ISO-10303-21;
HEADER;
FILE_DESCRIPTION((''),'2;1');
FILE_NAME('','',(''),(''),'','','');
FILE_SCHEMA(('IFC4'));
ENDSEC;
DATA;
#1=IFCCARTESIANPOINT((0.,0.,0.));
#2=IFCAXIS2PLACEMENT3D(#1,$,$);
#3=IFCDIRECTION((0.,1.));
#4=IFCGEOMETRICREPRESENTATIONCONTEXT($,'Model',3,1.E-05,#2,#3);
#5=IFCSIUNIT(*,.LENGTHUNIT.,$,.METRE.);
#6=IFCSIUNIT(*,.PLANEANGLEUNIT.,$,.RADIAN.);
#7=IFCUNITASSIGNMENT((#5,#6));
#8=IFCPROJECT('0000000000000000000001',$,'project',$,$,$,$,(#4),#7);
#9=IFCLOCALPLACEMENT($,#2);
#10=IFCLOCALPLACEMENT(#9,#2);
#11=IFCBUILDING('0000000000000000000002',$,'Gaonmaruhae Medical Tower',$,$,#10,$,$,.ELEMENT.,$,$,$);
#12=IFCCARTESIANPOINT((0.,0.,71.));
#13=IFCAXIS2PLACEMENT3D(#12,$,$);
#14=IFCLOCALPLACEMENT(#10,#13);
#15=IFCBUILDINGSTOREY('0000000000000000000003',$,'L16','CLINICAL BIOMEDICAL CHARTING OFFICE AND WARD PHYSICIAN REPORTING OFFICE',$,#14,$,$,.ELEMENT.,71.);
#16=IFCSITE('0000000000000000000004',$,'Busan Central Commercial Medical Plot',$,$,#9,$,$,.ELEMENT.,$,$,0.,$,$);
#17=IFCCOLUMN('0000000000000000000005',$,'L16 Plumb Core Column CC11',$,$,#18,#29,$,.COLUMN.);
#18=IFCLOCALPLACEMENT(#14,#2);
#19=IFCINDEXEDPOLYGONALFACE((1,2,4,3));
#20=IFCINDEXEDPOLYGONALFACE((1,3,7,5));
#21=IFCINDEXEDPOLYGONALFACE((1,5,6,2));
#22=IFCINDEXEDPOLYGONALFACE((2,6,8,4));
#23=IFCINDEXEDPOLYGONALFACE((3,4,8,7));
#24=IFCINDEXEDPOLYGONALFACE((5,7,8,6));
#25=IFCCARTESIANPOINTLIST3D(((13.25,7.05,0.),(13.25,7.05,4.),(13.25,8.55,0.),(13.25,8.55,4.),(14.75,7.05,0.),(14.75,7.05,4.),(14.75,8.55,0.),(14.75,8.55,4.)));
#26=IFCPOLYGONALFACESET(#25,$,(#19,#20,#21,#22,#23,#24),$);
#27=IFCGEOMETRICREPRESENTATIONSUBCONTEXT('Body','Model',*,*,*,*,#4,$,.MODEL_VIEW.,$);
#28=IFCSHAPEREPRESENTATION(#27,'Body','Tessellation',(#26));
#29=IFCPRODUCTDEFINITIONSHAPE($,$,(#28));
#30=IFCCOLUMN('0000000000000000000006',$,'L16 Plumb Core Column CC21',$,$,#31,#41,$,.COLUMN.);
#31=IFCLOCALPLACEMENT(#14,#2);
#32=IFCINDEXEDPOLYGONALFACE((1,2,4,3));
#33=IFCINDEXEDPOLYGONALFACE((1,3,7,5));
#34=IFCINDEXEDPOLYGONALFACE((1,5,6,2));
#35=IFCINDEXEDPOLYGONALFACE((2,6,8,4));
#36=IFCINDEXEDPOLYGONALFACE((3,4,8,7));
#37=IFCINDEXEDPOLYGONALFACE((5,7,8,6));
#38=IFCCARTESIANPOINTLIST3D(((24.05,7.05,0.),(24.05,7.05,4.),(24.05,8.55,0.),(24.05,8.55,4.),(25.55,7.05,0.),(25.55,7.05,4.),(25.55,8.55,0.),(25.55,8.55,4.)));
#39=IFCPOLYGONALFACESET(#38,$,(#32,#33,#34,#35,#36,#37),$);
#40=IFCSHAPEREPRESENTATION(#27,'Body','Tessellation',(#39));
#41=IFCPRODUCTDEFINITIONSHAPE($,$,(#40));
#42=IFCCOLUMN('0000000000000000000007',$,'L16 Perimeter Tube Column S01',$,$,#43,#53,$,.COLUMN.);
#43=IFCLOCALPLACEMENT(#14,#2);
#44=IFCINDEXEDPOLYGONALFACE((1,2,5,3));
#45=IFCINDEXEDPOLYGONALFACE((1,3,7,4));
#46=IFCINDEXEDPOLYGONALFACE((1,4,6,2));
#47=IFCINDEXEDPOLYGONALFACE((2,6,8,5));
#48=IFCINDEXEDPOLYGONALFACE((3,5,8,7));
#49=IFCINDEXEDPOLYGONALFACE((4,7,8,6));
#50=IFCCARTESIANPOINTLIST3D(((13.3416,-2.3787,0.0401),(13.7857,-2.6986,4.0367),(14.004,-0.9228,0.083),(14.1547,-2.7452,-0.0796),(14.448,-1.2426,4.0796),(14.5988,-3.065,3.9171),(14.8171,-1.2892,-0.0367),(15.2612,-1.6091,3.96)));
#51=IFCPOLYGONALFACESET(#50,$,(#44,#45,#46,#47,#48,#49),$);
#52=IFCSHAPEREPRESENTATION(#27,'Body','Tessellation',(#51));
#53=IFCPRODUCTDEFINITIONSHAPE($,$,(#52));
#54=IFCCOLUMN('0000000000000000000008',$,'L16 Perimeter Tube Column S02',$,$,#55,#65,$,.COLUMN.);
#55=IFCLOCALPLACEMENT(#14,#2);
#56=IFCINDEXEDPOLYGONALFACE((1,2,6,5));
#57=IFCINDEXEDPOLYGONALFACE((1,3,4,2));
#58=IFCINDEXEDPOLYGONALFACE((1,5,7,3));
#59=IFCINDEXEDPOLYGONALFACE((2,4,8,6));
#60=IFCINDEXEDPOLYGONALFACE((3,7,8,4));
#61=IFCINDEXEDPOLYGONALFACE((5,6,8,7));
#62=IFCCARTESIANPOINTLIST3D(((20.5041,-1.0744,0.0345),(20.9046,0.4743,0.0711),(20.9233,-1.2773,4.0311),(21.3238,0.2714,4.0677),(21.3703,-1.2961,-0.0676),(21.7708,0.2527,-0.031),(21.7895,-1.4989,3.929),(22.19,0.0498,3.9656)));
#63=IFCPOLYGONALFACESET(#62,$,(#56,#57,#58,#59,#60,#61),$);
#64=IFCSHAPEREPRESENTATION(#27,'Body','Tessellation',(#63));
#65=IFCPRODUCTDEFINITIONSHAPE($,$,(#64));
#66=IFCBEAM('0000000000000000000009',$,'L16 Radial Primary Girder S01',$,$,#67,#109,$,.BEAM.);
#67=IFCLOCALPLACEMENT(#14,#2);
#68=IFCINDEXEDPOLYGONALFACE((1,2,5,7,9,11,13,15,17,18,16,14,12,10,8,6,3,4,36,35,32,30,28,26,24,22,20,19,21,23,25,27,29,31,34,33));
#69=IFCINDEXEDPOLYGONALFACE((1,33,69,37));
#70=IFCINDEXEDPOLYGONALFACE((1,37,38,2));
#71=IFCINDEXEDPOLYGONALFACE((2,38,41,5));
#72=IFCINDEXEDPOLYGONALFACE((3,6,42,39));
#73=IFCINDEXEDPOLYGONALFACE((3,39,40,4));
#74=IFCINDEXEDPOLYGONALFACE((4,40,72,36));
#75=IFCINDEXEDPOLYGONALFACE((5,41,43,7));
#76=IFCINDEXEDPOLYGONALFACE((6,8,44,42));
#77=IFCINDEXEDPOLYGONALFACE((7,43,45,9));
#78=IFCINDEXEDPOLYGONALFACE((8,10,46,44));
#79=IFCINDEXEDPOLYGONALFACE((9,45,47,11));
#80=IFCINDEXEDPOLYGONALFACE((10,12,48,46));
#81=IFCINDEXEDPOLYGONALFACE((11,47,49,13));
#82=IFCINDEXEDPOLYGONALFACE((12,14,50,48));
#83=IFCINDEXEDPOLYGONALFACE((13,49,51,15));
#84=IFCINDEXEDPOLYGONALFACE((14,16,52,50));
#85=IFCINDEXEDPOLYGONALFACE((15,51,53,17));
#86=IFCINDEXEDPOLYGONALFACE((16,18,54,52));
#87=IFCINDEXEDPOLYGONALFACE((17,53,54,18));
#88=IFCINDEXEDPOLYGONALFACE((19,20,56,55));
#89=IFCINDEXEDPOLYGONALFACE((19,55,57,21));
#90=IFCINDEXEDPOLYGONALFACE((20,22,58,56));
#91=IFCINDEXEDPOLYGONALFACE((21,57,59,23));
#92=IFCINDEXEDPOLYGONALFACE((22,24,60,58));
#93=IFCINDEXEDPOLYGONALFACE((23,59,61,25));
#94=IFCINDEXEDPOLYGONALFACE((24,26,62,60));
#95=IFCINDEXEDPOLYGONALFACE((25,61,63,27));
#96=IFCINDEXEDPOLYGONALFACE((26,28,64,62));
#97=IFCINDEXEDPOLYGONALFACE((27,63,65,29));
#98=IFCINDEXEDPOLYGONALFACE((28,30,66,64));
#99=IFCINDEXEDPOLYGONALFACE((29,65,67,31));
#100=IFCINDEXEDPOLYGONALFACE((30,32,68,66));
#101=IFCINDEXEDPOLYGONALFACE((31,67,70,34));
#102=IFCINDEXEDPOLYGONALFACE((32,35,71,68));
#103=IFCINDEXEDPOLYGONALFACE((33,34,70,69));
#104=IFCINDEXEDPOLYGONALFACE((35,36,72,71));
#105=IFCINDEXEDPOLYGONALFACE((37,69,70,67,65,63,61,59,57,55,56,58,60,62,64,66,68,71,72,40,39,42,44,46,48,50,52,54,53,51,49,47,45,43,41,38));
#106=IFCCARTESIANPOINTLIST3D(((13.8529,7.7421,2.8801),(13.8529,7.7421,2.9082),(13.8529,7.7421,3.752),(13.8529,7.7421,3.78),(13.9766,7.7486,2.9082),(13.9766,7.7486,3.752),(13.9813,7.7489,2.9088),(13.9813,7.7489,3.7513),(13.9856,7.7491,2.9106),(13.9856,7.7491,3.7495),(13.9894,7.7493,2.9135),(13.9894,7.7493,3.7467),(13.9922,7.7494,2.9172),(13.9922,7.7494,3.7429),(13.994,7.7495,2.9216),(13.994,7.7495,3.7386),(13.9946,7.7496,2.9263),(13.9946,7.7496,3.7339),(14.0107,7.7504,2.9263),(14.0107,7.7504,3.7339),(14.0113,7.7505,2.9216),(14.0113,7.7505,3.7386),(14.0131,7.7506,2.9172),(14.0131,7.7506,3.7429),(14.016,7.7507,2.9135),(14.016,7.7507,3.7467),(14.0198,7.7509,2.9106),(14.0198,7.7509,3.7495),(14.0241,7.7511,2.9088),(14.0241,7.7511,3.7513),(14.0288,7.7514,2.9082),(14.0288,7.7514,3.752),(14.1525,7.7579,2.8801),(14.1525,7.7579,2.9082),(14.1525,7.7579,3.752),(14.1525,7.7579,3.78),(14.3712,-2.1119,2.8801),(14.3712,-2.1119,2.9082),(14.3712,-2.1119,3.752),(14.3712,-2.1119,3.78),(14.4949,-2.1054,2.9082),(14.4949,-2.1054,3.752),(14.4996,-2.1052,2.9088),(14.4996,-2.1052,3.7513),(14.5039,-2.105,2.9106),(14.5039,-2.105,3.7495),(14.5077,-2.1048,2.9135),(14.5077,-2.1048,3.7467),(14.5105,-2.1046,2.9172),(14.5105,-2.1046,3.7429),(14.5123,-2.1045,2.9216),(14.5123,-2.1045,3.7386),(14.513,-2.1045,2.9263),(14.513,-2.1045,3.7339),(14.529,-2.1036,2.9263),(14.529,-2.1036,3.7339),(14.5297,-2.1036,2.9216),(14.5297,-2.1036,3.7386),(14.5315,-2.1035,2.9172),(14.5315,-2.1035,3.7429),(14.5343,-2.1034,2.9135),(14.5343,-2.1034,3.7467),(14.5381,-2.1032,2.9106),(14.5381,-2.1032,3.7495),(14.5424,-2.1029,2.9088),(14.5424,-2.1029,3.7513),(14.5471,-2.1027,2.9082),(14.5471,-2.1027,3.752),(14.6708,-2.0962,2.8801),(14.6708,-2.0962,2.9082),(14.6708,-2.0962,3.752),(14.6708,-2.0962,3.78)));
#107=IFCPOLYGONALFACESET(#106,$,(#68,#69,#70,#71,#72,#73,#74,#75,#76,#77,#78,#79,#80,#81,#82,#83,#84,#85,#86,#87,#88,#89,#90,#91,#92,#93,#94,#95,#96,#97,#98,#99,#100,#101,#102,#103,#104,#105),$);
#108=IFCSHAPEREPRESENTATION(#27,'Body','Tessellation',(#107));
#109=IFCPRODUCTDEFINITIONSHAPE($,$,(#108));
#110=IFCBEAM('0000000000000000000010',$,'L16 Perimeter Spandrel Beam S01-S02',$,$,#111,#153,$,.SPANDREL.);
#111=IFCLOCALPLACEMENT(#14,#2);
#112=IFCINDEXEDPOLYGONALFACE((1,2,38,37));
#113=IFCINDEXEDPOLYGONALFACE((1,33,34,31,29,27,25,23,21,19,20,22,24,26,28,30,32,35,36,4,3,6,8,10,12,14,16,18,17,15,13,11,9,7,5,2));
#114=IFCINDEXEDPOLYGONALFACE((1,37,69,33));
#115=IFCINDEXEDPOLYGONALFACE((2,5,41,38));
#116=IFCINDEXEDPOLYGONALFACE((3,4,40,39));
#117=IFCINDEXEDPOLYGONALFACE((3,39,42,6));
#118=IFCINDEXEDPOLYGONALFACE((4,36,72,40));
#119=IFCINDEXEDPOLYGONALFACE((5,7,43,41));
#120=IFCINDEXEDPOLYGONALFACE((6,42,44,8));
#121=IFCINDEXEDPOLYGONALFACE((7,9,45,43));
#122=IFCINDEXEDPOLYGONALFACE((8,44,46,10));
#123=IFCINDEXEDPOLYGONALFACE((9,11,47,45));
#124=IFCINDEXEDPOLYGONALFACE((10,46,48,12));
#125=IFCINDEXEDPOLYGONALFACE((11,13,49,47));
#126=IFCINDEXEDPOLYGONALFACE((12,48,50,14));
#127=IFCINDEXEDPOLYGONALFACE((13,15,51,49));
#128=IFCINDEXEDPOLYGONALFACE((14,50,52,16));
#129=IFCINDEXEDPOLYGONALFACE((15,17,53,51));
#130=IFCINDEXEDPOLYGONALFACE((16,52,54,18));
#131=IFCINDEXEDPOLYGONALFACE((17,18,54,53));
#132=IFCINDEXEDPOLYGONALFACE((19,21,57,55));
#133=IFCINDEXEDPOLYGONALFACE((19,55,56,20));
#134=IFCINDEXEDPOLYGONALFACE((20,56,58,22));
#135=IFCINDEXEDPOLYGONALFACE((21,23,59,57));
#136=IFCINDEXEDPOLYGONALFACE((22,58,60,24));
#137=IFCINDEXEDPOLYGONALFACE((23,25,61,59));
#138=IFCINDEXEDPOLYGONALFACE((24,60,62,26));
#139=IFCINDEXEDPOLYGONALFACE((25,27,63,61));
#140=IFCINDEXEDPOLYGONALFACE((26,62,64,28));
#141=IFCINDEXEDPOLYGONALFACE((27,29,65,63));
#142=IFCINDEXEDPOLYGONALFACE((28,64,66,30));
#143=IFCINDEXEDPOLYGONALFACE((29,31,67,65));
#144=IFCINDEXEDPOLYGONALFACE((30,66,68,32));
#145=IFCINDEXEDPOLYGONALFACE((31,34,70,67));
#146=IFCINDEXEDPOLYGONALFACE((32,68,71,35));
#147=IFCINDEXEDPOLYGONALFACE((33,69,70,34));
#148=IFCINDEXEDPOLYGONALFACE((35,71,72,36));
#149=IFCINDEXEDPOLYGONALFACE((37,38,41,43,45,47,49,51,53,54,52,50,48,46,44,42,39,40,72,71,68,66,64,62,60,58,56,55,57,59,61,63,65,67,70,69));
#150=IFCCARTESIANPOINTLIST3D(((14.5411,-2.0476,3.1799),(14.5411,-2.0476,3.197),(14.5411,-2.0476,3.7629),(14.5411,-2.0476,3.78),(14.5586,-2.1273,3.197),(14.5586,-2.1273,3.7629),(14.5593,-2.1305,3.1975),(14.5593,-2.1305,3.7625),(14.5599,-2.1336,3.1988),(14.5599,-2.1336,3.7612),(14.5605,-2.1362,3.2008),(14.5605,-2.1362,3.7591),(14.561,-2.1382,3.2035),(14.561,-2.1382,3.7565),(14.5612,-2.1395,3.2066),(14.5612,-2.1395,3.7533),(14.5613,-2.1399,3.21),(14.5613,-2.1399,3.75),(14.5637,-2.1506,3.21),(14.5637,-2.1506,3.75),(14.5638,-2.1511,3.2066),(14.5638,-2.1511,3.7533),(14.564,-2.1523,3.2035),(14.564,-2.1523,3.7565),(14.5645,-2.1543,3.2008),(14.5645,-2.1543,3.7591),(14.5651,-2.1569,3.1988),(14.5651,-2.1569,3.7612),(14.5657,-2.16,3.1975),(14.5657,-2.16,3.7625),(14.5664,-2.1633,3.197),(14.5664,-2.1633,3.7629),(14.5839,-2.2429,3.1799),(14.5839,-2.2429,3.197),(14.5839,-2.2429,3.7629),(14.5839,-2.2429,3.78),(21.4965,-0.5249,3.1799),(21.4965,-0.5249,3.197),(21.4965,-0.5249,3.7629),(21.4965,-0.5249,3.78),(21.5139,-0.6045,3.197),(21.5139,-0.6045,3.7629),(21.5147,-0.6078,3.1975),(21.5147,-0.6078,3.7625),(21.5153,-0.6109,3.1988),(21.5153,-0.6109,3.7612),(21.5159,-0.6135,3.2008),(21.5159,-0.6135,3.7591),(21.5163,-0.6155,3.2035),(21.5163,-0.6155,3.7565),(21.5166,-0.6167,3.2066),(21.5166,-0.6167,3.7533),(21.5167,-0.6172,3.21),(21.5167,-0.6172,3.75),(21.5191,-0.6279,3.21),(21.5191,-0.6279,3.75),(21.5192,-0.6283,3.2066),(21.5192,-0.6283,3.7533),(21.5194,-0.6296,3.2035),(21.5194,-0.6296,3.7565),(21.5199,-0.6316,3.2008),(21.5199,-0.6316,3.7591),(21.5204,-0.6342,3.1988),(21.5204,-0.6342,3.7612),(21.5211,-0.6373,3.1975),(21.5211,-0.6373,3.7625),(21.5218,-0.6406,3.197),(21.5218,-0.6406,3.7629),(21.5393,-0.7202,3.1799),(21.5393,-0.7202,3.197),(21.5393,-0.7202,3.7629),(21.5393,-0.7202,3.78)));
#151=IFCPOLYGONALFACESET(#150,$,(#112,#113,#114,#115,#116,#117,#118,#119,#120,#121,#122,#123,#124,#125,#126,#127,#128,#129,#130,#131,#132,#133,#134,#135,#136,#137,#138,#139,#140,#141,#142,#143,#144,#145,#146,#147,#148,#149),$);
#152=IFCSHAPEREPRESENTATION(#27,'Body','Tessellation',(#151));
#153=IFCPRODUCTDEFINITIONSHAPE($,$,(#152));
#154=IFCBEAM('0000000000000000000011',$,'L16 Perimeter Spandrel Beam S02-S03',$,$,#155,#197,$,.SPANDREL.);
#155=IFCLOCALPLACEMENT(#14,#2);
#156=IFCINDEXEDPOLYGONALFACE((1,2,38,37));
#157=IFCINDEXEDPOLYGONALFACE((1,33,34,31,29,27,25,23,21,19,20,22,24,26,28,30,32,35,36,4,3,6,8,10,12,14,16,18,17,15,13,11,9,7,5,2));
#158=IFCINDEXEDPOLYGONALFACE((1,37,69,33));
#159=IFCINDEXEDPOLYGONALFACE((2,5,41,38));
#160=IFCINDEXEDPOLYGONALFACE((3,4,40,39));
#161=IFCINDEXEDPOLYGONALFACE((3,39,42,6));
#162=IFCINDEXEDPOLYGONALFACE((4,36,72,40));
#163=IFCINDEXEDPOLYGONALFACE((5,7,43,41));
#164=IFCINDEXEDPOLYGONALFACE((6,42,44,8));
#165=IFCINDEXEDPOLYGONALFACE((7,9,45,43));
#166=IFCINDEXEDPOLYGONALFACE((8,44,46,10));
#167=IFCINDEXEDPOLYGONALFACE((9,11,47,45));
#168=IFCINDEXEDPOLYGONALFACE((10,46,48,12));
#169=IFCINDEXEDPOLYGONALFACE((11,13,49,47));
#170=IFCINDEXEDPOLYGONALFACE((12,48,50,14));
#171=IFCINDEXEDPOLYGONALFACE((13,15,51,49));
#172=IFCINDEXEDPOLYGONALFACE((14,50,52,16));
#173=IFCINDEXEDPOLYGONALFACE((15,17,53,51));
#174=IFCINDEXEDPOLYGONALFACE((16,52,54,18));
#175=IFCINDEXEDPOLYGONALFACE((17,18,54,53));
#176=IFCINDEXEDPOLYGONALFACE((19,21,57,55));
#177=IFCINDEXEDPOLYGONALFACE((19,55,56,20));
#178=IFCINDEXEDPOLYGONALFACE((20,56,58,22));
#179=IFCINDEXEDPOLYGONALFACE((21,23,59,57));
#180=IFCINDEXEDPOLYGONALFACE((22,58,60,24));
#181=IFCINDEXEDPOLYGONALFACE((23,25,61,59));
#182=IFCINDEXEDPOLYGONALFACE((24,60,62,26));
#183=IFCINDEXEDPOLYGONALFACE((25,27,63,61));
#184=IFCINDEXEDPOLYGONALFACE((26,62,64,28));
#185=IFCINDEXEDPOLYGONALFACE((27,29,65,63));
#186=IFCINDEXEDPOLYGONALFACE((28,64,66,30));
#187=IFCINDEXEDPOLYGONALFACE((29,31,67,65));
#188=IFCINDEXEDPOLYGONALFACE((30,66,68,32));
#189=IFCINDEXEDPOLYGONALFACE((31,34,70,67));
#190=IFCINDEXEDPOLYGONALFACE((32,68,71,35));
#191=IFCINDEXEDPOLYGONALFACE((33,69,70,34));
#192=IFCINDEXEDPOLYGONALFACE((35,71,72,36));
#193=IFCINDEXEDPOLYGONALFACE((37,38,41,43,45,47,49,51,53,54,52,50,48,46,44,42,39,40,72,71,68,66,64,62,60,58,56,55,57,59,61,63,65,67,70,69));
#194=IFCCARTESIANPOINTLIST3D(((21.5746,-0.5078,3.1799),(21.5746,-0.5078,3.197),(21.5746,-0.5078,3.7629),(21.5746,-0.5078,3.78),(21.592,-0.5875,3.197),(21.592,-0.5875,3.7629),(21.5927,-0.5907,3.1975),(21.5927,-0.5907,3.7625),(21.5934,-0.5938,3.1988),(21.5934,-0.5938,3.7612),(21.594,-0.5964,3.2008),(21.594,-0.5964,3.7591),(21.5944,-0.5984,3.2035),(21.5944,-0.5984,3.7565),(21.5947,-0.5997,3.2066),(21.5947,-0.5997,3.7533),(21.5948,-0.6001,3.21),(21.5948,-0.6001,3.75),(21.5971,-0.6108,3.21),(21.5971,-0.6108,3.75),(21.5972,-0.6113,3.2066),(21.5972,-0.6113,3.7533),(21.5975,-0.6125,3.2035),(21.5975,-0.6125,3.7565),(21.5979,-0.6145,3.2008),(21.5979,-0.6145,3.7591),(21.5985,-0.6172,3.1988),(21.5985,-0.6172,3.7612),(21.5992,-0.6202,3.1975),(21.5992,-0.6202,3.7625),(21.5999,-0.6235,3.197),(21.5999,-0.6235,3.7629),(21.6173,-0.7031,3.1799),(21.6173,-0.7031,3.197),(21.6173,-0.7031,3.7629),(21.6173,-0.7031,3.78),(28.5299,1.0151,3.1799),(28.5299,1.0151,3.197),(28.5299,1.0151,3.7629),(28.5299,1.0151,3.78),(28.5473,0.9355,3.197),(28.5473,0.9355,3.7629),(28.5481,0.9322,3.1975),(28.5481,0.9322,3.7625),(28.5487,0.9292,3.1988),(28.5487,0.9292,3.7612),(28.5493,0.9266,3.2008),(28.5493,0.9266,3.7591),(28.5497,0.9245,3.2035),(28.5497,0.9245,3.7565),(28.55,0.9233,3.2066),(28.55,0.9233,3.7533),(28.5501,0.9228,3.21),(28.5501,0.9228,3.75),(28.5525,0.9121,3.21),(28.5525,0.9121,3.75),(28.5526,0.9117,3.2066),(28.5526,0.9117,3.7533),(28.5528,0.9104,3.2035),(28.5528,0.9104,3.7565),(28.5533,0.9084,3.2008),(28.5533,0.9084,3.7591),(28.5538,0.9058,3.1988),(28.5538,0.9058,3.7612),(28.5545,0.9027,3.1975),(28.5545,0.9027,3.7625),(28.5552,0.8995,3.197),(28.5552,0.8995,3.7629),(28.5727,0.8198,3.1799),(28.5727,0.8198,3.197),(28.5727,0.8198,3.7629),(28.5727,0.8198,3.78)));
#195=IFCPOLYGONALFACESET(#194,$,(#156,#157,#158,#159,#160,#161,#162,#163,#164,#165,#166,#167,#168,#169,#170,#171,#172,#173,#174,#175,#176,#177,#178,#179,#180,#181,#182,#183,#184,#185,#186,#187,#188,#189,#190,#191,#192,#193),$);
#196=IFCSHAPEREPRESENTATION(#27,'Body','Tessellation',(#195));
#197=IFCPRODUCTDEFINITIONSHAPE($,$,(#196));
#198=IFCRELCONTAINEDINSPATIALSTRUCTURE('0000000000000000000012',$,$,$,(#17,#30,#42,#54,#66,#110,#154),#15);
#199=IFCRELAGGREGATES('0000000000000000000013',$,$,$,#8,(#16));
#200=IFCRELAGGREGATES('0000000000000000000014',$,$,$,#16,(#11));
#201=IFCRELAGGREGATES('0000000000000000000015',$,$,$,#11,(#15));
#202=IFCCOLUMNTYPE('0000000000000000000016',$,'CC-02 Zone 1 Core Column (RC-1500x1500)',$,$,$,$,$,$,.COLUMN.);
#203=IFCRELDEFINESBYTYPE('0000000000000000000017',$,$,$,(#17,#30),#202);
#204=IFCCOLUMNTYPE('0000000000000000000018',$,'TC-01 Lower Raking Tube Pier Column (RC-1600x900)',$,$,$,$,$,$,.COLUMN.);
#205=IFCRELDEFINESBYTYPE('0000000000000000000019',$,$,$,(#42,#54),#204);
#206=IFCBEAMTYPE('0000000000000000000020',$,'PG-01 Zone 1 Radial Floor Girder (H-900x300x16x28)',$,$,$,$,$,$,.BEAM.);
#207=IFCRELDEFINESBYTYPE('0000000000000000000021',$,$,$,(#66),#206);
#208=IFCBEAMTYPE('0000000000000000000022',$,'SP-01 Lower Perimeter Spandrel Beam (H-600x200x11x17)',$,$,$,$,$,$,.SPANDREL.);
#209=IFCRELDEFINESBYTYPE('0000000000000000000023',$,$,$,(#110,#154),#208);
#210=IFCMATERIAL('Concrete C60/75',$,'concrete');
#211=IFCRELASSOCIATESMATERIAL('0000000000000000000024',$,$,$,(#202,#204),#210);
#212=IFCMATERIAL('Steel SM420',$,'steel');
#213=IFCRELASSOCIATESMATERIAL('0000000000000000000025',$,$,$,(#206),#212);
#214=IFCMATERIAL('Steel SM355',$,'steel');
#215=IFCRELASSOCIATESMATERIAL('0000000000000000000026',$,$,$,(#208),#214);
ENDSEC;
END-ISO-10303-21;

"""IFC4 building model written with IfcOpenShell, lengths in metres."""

from ifc_helpers import new_model, si_unit, direction, frame, origin, origin_2d, place, context, subcontext, project, spatial, rectangle, i_section, extrude, material, material_profile, profile_set, type_object, element, save


model = new_model("IFC4")

# Units and contexts
model_context = context("Model", 3, precision=1e-05, world=origin(), true_north=direction((0.0, 1.0)))
body_context = subcontext(model_context, "Body", "Model", "MODEL_VIEW")
ifc_project = project(units=[si_unit("LENGTHUNIT", "METRE"), si_unit("PLANEANGLEUNIT", "RADIAN")], contexts=[model_context])

# Site, building, storey
site_placement = place(None, origin())
site = spatial("IfcSite", under=ifc_project, at=site_placement, Name="Busan Central Commercial Medical Plot", CompositionType="ELEMENT", RefElevation=0.0)
building_placement = place(site_placement, origin())
building = spatial("IfcBuilding", under=site, at=building_placement, Name="Gaonmaruhae Medical Tower", CompositionType="ELEMENT")
storey_placement = place(building_placement, frame((0.0, 0.0, 71.0)))
storey = spatial("IfcBuildingStorey", under=building, at=storey_placement, Name="L16", Description="CLINICAL BIOMEDICAL CHARTING OFFICE AND WARD PHYSICIAN REPORTING OFFICE", CompositionType="ELEMENT", Elevation=71.0)

# Columns
ifc_material_1 = material(Name="Concrete C60/75", Category="concrete")
ifc_material_profile_1 = material_profile(ifc_material_1, rectangle(XDim=1.5, YDim=1.5, at=origin_2d()), Name="RC-1500x1500")
ifc_profile_set_1 = profile_set([ifc_material_profile_1], Name="Concrete C60/75")
column_type_1 = type_object("IfcColumnType", Name="CC-02 Zone 1 Core Column (RC-1500x1500)", PredefinedType="COLUMN", material=ifc_profile_set_1)
for number, where, z_axis, x_axis, name in (
    (1, (14.0, 7.8, 0.0), (0.0, 0.0, 1.0), (1.0, 0.0, 0.0), "L16 Plumb Core Column CC11"),
    (2, (24.8, 7.8, 0.0), (0.0, 0.0, 1.0), (1.0, 0.0, 0.0), "L16 Plumb Core Column CC21"),
):
    element("IfcColumn", number, at=place(storey_placement, frame(where, z_axis=z_axis, x_axis=x_axis)), inside=storey, type_object=column_type_1, Name=name, PredefinedType="COLUMN", context=body_context, shape_type="SweptSolid", body=[
        extrude(rectangle(XDim=1.5, YDim=1.5, at=origin_2d()), origin(), (0.0, 0.0, 1.0), 4.0),
    ])
ifc_material_profile_2 = material_profile(ifc_material_1, rectangle(XDim=1.6001, YDim=0.8999, at=origin_2d()), Name="RC-1600x900")
ifc_profile_set_2 = profile_set([ifc_material_profile_2], Name="Concrete C60/75")
column_type_2 = type_object("IfcColumnType", Name="TC-01 Lower Raking Tube Pier Column (RC-1600x900)", PredefinedType="COLUMN", material=ifc_profile_set_2)
column_1_placement = place(storey_placement, frame((14.0793, -1.834, 0.0017), z_axis=(0.110091, -0.079285, 0.990754), x_axis=(0.41396, 0.9099, 0.026816)))
element("IfcColumn", 3, at=column_1_placement, inside=storey, type_object=column_type_2, Name="L16 Perimeter Tube Column S01", PredefinedType="COLUMN", context=body_context, shape_type="SweptSolid", body=[
    extrude(rectangle(XDim=1.6001, YDim=0.8999, at=origin_2d()), origin(), (0.0, 0.0, 1.0), 4.0339),
])
column_2_placement = place(storey_placement, frame((21.1375, -0.4109, 0.0017), z_axis=(0.104182, -0.050422, 0.993279), x_axis=(0.250329, 0.967891, 0.022877)))
element("IfcColumn", 4, at=column_2_placement, inside=storey, type_object=column_type_2, Name="L16 Perimeter Tube Column S02", PredefinedType="COLUMN", context=body_context, shape_type="SweptSolid", body=[
    extrude(rectangle(XDim=1.6001, YDim=0.8999, at=origin_2d()), origin(), (0.0, 0.0, 1.0), 4.0237),
])

# Beams
ifc_material_2 = material(Name="Steel SM420", Category="steel")
ifc_material_profile_3 = material_profile(ifc_material_2, i_section(OverallWidth=0.3, OverallDepth=0.8999, WebThickness=0.0161, FlangeThickness=0.0281, FilletRadius=0.0181, at=origin_2d()), Name="H-900x300x16x28")
ifc_profile_set_3 = profile_set([ifc_material_profile_3], Name="Steel SM420")
beam_type_1 = type_object("IfcBeamType", Name="PG-01 Zone 1 Radial Floor Girder (H-900x300x16x28)", PredefinedType="BEAM", material=ifc_profile_set_3)
beam_placement = place(storey_placement, frame((14.0027, 7.75, 3.3301), z_axis=(0.052526, -0.99862, 0.0), x_axis=(0.99862, 0.052526, 0.0)))
element("IfcBeam", 5, at=beam_placement, inside=storey, type_object=beam_type_1, Name="L16 Radial Primary Girder S01", PredefinedType="BEAM", context=body_context, shape_type="SweptSolid", body=[
    extrude(i_section(OverallWidth=0.3, OverallDepth=0.8999, WebThickness=0.0161, FlangeThickness=0.0281, FilletRadius=0.0181, at=origin_2d()), origin(), (0.0, 0.0, 1.0), 9.8677),
])
ifc_material_3 = material(Name="Steel SM355", Category="steel")
ifc_material_profile_4 = material_profile(ifc_material_3, i_section(OverallWidth=0.2, OverallDepth=0.6001, WebThickness=0.011, FlangeThickness=0.0171, FilletRadius=0.0129, at=origin_2d()), Name="H-600x200x11x17")
ifc_profile_set_4 = profile_set([ifc_material_profile_4], Name="Steel SM355")
beam_type_2 = type_object("IfcBeamType", Name="SP-01 Lower Perimeter Spandrel Beam (H-600x200x11x17)", PredefinedType="SPANDREL", material=ifc_profile_set_4)
for number, where, z_axis, x_axis, name in (
    (6, (14.5625, -2.1453, 3.48), (0.976864, 0.213862, 0.0), (-0.213862, 0.976864, 0.0), "L16 Perimeter Spandrel Beam S01-S02"),
    (7, (21.5959, -0.6055, 3.48), (0.976857, 0.213894, 0.0), (-0.213894, 0.976857, 0.0), "L16 Perimeter Spandrel Beam S02-S03"),
):
    element("IfcBeam", number, at=place(storey_placement, frame(where, z_axis=z_axis, x_axis=x_axis)), inside=storey, type_object=beam_type_2, Name=name, PredefinedType="SPANDREL", context=body_context, shape_type="SweptSolid", body=[
        extrude(i_section(OverallWidth=0.2, OverallDepth=0.6001, WebThickness=0.011, FlangeThickness=0.0171, FilletRadius=0.0129, at=origin_2d()), origin(), (0.0, 0.0, 1.0), 7.1201),
    ])

save(model, "model.ifc")
